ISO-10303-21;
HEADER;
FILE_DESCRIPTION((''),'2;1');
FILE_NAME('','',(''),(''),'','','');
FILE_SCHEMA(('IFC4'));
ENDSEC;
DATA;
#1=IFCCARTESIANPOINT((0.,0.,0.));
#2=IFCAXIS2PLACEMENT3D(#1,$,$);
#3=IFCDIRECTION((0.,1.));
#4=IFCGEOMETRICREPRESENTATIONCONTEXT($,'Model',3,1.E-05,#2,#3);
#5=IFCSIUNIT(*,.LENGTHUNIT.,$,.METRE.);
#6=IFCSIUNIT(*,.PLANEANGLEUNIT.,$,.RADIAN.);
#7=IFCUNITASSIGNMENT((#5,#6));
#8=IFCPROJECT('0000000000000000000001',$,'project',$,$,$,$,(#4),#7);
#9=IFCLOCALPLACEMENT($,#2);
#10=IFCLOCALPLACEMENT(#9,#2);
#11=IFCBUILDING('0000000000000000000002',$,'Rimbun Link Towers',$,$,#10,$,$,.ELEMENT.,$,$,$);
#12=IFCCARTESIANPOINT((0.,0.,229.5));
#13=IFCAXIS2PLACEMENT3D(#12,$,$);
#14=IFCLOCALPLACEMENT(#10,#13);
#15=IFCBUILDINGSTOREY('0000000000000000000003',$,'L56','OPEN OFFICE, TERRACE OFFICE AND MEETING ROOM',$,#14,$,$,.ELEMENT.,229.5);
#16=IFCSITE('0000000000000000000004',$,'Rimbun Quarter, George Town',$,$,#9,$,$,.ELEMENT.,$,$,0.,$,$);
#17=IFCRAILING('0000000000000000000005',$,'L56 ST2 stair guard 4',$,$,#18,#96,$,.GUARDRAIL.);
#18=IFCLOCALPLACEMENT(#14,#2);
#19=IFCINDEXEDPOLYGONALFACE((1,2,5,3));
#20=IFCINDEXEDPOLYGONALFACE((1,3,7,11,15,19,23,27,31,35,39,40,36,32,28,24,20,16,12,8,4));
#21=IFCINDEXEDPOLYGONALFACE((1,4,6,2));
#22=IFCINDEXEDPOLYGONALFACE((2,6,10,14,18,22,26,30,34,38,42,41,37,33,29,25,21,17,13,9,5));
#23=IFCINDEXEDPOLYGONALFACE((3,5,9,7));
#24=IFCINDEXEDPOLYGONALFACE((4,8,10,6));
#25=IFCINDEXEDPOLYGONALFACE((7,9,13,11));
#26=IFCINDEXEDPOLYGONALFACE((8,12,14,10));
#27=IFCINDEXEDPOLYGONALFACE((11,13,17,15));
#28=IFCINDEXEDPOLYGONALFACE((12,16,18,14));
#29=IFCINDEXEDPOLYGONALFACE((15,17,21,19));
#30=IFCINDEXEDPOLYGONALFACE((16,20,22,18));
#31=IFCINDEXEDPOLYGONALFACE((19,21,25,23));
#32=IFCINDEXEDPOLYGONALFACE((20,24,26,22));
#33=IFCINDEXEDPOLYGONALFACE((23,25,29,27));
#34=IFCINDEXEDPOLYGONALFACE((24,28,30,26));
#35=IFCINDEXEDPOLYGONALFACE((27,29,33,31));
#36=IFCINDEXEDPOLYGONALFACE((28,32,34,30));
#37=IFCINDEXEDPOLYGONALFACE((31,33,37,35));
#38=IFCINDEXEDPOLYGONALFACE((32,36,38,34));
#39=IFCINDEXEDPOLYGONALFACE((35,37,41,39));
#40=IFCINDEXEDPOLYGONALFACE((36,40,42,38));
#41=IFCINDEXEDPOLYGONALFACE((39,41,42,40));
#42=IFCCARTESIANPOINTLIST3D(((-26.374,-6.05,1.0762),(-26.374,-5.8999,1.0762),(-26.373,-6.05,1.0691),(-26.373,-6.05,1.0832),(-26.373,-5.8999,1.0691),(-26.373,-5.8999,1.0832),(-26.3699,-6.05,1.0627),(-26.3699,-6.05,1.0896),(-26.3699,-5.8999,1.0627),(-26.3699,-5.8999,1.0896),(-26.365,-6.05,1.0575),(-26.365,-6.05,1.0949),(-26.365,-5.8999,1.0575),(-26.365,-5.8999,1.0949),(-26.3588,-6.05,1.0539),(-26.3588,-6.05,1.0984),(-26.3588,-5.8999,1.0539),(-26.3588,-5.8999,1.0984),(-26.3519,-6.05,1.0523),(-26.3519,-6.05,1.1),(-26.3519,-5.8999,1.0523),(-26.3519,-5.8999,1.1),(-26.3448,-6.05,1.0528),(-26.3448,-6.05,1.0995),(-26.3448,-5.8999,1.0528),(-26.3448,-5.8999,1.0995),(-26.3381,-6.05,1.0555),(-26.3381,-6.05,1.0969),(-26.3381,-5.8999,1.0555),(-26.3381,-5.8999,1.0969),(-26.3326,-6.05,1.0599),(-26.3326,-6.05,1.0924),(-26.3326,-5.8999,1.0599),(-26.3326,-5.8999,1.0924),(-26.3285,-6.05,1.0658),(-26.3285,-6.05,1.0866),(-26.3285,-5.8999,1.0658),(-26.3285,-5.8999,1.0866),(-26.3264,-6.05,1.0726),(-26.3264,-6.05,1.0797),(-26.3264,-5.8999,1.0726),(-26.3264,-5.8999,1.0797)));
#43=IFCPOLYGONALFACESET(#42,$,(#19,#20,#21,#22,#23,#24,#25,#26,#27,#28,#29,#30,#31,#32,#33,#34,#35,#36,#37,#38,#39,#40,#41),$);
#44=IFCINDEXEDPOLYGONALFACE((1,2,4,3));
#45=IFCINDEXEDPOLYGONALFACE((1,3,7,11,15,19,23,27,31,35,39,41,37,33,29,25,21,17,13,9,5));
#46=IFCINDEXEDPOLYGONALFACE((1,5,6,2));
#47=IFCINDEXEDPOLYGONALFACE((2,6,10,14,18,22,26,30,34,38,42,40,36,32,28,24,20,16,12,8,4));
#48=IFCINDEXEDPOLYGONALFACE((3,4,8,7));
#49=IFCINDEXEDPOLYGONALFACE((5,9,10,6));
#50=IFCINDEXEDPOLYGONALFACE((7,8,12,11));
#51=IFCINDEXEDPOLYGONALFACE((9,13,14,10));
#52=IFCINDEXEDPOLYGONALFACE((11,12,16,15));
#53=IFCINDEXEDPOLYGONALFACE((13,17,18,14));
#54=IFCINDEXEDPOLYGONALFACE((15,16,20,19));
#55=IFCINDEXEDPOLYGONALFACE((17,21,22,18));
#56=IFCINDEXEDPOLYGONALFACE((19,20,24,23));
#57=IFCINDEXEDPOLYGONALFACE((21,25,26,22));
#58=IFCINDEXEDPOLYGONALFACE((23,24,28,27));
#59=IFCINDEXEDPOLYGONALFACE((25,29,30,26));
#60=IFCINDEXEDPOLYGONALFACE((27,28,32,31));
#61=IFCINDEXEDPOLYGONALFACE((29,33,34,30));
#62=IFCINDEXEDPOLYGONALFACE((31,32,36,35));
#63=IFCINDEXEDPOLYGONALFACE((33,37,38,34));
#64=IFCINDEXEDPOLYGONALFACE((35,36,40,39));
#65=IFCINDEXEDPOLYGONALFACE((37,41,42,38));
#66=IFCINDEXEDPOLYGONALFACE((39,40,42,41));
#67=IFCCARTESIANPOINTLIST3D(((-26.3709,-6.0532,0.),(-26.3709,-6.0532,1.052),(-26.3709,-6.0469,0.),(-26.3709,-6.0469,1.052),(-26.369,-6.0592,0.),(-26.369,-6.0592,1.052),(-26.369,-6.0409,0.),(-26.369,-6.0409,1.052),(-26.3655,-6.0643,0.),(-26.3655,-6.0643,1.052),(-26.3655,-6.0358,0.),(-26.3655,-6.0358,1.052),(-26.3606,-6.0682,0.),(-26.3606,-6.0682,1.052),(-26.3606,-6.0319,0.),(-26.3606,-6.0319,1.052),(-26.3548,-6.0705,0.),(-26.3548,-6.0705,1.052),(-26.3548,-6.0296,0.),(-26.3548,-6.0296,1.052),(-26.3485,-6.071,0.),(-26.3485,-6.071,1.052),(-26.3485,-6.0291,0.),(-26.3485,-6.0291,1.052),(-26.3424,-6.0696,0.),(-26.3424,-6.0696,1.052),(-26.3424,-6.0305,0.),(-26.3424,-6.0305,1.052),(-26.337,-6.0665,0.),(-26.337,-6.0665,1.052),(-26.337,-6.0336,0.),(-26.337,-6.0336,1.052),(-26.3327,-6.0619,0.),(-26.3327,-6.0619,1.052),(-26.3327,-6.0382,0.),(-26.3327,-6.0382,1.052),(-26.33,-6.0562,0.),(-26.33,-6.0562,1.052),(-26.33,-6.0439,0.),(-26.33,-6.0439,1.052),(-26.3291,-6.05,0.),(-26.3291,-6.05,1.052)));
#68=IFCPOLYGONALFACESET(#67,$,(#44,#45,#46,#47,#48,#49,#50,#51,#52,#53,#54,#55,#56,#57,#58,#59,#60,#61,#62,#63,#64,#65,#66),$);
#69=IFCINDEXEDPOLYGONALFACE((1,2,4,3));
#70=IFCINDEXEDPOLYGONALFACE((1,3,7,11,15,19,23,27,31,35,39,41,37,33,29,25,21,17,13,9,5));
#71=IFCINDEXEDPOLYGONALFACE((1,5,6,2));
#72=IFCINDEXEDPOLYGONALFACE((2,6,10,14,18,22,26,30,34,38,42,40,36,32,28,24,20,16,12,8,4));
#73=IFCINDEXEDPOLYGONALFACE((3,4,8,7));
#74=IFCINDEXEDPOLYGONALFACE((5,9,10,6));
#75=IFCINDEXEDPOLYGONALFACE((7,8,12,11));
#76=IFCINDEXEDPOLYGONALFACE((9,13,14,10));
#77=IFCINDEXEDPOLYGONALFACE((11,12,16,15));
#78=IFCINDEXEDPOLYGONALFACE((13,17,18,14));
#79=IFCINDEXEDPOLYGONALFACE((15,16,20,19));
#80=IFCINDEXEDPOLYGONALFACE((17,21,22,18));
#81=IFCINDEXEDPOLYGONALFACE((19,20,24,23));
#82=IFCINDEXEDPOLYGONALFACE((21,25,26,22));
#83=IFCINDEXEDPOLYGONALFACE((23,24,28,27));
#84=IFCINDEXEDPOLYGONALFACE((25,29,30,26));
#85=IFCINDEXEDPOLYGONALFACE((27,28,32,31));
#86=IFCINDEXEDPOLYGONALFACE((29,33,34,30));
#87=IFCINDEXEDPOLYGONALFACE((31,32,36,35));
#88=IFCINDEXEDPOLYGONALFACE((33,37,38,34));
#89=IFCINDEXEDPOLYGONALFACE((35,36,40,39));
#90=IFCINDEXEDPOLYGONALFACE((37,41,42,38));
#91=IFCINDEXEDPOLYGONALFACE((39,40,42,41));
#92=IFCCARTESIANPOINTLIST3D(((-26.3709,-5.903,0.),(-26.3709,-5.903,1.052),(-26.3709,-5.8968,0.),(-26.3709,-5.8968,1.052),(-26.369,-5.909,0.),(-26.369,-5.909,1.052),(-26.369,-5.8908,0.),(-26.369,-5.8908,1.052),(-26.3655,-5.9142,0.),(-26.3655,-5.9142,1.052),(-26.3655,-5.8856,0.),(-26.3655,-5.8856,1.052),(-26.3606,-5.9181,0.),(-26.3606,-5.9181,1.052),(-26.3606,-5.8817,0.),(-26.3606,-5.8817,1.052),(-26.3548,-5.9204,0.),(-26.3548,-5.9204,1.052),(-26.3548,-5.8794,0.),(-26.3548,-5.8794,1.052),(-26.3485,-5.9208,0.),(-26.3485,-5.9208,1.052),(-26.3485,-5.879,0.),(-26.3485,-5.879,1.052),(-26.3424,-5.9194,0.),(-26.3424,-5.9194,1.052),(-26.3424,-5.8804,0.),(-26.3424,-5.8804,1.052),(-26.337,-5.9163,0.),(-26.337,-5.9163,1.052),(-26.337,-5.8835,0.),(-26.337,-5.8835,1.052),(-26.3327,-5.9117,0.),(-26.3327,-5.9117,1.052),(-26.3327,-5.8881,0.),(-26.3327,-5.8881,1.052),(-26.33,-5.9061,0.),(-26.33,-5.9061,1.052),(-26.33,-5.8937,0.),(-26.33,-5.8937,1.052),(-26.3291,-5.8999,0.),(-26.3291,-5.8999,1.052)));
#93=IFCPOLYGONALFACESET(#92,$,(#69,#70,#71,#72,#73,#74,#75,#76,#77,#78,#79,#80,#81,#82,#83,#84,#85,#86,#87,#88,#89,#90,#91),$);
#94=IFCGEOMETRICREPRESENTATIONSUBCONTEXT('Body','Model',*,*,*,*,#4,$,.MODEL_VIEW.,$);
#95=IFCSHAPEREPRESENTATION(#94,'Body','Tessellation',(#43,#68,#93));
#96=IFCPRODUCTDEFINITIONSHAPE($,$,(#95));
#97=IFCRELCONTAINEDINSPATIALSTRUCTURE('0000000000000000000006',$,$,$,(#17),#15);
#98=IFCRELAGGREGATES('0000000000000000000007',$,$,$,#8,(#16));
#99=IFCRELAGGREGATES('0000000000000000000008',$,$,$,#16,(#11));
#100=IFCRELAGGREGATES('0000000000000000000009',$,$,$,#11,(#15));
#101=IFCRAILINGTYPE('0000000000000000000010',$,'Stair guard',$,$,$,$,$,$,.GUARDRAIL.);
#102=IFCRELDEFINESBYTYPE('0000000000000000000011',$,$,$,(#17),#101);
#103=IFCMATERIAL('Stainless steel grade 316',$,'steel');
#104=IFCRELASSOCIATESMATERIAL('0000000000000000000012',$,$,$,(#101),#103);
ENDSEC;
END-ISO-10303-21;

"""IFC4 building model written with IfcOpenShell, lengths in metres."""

from ifc_helpers import new_model, si_unit, direction, frame, origin, origin_2d, place, context, subcontext, project, spatial, circle, extrude, material, type_object, element, save


model = new_model("IFC4")

# Units and contexts
model_context = context("Model", 3, precision=1e-05, world=origin(), true_north=direction((0.0, 1.0)))
body_context = subcontext(model_context, "Body", "Model", "MODEL_VIEW")
ifc_project = project(units=[si_unit("LENGTHUNIT", "METRE"), si_unit("PLANEANGLEUNIT", "RADIAN")], contexts=[model_context])

# Site, building, storey
site_placement = place(None, origin())
site = spatial("IfcSite", under=ifc_project, at=site_placement, Name="Rimbun Quarter, George Town", CompositionType="ELEMENT", RefElevation=0.0)
building_placement = place(site_placement, origin())
building = spatial("IfcBuilding", under=site, at=building_placement, Name="Rimbun Link Towers", CompositionType="ELEMENT")
storey_placement = place(building_placement, frame((0.0, 0.0, 229.5)))
storey = spatial("IfcBuildingStorey", under=building, at=storey_placement, Name="L56", Description="OPEN OFFICE, TERRACE OFFICE AND MEETING ROOM", CompositionType="ELEMENT", Elevation=229.5)

# Railing
ifc_material_1 = material(Name="Stainless steel grade 316", Category="steel")
railing_type_1 = type_object("IfcRailingType", Name="Stair guard", PredefinedType="GUARDRAIL", material=ifc_material_1)
railing_1_placement = place(storey_placement, frame((-26.3501, -6.05, 0.0)))
element("IfcRailing", 1, at=railing_1_placement, inside=storey, type_object=railing_type_1, Name="L56 ST2 stair guard 4", PredefinedType="GUARDRAIL", context=body_context, shape_type="SweptSolid", body=[
    extrude(circle(Radius=0.0239, at=origin_2d()), frame((0.0, 0.0, 1.0762), z_axis=(0.0, 1.0, 0.0), x_axis=(-1.0, 0.0, 0.0)), (0.0, 0.0, 1.0), 0.1501),
    extrude(circle(Radius=0.021, at=origin_2d()), origin(), (0.0, 0.0, 1.0), 1.052),
    extrude(circle(Radius=0.021, at=origin_2d()), frame((0.0, 0.1501, 0.0)), (0.0, 0.0, 1.0), 1.052),
])

save(model, "model.ifc")
